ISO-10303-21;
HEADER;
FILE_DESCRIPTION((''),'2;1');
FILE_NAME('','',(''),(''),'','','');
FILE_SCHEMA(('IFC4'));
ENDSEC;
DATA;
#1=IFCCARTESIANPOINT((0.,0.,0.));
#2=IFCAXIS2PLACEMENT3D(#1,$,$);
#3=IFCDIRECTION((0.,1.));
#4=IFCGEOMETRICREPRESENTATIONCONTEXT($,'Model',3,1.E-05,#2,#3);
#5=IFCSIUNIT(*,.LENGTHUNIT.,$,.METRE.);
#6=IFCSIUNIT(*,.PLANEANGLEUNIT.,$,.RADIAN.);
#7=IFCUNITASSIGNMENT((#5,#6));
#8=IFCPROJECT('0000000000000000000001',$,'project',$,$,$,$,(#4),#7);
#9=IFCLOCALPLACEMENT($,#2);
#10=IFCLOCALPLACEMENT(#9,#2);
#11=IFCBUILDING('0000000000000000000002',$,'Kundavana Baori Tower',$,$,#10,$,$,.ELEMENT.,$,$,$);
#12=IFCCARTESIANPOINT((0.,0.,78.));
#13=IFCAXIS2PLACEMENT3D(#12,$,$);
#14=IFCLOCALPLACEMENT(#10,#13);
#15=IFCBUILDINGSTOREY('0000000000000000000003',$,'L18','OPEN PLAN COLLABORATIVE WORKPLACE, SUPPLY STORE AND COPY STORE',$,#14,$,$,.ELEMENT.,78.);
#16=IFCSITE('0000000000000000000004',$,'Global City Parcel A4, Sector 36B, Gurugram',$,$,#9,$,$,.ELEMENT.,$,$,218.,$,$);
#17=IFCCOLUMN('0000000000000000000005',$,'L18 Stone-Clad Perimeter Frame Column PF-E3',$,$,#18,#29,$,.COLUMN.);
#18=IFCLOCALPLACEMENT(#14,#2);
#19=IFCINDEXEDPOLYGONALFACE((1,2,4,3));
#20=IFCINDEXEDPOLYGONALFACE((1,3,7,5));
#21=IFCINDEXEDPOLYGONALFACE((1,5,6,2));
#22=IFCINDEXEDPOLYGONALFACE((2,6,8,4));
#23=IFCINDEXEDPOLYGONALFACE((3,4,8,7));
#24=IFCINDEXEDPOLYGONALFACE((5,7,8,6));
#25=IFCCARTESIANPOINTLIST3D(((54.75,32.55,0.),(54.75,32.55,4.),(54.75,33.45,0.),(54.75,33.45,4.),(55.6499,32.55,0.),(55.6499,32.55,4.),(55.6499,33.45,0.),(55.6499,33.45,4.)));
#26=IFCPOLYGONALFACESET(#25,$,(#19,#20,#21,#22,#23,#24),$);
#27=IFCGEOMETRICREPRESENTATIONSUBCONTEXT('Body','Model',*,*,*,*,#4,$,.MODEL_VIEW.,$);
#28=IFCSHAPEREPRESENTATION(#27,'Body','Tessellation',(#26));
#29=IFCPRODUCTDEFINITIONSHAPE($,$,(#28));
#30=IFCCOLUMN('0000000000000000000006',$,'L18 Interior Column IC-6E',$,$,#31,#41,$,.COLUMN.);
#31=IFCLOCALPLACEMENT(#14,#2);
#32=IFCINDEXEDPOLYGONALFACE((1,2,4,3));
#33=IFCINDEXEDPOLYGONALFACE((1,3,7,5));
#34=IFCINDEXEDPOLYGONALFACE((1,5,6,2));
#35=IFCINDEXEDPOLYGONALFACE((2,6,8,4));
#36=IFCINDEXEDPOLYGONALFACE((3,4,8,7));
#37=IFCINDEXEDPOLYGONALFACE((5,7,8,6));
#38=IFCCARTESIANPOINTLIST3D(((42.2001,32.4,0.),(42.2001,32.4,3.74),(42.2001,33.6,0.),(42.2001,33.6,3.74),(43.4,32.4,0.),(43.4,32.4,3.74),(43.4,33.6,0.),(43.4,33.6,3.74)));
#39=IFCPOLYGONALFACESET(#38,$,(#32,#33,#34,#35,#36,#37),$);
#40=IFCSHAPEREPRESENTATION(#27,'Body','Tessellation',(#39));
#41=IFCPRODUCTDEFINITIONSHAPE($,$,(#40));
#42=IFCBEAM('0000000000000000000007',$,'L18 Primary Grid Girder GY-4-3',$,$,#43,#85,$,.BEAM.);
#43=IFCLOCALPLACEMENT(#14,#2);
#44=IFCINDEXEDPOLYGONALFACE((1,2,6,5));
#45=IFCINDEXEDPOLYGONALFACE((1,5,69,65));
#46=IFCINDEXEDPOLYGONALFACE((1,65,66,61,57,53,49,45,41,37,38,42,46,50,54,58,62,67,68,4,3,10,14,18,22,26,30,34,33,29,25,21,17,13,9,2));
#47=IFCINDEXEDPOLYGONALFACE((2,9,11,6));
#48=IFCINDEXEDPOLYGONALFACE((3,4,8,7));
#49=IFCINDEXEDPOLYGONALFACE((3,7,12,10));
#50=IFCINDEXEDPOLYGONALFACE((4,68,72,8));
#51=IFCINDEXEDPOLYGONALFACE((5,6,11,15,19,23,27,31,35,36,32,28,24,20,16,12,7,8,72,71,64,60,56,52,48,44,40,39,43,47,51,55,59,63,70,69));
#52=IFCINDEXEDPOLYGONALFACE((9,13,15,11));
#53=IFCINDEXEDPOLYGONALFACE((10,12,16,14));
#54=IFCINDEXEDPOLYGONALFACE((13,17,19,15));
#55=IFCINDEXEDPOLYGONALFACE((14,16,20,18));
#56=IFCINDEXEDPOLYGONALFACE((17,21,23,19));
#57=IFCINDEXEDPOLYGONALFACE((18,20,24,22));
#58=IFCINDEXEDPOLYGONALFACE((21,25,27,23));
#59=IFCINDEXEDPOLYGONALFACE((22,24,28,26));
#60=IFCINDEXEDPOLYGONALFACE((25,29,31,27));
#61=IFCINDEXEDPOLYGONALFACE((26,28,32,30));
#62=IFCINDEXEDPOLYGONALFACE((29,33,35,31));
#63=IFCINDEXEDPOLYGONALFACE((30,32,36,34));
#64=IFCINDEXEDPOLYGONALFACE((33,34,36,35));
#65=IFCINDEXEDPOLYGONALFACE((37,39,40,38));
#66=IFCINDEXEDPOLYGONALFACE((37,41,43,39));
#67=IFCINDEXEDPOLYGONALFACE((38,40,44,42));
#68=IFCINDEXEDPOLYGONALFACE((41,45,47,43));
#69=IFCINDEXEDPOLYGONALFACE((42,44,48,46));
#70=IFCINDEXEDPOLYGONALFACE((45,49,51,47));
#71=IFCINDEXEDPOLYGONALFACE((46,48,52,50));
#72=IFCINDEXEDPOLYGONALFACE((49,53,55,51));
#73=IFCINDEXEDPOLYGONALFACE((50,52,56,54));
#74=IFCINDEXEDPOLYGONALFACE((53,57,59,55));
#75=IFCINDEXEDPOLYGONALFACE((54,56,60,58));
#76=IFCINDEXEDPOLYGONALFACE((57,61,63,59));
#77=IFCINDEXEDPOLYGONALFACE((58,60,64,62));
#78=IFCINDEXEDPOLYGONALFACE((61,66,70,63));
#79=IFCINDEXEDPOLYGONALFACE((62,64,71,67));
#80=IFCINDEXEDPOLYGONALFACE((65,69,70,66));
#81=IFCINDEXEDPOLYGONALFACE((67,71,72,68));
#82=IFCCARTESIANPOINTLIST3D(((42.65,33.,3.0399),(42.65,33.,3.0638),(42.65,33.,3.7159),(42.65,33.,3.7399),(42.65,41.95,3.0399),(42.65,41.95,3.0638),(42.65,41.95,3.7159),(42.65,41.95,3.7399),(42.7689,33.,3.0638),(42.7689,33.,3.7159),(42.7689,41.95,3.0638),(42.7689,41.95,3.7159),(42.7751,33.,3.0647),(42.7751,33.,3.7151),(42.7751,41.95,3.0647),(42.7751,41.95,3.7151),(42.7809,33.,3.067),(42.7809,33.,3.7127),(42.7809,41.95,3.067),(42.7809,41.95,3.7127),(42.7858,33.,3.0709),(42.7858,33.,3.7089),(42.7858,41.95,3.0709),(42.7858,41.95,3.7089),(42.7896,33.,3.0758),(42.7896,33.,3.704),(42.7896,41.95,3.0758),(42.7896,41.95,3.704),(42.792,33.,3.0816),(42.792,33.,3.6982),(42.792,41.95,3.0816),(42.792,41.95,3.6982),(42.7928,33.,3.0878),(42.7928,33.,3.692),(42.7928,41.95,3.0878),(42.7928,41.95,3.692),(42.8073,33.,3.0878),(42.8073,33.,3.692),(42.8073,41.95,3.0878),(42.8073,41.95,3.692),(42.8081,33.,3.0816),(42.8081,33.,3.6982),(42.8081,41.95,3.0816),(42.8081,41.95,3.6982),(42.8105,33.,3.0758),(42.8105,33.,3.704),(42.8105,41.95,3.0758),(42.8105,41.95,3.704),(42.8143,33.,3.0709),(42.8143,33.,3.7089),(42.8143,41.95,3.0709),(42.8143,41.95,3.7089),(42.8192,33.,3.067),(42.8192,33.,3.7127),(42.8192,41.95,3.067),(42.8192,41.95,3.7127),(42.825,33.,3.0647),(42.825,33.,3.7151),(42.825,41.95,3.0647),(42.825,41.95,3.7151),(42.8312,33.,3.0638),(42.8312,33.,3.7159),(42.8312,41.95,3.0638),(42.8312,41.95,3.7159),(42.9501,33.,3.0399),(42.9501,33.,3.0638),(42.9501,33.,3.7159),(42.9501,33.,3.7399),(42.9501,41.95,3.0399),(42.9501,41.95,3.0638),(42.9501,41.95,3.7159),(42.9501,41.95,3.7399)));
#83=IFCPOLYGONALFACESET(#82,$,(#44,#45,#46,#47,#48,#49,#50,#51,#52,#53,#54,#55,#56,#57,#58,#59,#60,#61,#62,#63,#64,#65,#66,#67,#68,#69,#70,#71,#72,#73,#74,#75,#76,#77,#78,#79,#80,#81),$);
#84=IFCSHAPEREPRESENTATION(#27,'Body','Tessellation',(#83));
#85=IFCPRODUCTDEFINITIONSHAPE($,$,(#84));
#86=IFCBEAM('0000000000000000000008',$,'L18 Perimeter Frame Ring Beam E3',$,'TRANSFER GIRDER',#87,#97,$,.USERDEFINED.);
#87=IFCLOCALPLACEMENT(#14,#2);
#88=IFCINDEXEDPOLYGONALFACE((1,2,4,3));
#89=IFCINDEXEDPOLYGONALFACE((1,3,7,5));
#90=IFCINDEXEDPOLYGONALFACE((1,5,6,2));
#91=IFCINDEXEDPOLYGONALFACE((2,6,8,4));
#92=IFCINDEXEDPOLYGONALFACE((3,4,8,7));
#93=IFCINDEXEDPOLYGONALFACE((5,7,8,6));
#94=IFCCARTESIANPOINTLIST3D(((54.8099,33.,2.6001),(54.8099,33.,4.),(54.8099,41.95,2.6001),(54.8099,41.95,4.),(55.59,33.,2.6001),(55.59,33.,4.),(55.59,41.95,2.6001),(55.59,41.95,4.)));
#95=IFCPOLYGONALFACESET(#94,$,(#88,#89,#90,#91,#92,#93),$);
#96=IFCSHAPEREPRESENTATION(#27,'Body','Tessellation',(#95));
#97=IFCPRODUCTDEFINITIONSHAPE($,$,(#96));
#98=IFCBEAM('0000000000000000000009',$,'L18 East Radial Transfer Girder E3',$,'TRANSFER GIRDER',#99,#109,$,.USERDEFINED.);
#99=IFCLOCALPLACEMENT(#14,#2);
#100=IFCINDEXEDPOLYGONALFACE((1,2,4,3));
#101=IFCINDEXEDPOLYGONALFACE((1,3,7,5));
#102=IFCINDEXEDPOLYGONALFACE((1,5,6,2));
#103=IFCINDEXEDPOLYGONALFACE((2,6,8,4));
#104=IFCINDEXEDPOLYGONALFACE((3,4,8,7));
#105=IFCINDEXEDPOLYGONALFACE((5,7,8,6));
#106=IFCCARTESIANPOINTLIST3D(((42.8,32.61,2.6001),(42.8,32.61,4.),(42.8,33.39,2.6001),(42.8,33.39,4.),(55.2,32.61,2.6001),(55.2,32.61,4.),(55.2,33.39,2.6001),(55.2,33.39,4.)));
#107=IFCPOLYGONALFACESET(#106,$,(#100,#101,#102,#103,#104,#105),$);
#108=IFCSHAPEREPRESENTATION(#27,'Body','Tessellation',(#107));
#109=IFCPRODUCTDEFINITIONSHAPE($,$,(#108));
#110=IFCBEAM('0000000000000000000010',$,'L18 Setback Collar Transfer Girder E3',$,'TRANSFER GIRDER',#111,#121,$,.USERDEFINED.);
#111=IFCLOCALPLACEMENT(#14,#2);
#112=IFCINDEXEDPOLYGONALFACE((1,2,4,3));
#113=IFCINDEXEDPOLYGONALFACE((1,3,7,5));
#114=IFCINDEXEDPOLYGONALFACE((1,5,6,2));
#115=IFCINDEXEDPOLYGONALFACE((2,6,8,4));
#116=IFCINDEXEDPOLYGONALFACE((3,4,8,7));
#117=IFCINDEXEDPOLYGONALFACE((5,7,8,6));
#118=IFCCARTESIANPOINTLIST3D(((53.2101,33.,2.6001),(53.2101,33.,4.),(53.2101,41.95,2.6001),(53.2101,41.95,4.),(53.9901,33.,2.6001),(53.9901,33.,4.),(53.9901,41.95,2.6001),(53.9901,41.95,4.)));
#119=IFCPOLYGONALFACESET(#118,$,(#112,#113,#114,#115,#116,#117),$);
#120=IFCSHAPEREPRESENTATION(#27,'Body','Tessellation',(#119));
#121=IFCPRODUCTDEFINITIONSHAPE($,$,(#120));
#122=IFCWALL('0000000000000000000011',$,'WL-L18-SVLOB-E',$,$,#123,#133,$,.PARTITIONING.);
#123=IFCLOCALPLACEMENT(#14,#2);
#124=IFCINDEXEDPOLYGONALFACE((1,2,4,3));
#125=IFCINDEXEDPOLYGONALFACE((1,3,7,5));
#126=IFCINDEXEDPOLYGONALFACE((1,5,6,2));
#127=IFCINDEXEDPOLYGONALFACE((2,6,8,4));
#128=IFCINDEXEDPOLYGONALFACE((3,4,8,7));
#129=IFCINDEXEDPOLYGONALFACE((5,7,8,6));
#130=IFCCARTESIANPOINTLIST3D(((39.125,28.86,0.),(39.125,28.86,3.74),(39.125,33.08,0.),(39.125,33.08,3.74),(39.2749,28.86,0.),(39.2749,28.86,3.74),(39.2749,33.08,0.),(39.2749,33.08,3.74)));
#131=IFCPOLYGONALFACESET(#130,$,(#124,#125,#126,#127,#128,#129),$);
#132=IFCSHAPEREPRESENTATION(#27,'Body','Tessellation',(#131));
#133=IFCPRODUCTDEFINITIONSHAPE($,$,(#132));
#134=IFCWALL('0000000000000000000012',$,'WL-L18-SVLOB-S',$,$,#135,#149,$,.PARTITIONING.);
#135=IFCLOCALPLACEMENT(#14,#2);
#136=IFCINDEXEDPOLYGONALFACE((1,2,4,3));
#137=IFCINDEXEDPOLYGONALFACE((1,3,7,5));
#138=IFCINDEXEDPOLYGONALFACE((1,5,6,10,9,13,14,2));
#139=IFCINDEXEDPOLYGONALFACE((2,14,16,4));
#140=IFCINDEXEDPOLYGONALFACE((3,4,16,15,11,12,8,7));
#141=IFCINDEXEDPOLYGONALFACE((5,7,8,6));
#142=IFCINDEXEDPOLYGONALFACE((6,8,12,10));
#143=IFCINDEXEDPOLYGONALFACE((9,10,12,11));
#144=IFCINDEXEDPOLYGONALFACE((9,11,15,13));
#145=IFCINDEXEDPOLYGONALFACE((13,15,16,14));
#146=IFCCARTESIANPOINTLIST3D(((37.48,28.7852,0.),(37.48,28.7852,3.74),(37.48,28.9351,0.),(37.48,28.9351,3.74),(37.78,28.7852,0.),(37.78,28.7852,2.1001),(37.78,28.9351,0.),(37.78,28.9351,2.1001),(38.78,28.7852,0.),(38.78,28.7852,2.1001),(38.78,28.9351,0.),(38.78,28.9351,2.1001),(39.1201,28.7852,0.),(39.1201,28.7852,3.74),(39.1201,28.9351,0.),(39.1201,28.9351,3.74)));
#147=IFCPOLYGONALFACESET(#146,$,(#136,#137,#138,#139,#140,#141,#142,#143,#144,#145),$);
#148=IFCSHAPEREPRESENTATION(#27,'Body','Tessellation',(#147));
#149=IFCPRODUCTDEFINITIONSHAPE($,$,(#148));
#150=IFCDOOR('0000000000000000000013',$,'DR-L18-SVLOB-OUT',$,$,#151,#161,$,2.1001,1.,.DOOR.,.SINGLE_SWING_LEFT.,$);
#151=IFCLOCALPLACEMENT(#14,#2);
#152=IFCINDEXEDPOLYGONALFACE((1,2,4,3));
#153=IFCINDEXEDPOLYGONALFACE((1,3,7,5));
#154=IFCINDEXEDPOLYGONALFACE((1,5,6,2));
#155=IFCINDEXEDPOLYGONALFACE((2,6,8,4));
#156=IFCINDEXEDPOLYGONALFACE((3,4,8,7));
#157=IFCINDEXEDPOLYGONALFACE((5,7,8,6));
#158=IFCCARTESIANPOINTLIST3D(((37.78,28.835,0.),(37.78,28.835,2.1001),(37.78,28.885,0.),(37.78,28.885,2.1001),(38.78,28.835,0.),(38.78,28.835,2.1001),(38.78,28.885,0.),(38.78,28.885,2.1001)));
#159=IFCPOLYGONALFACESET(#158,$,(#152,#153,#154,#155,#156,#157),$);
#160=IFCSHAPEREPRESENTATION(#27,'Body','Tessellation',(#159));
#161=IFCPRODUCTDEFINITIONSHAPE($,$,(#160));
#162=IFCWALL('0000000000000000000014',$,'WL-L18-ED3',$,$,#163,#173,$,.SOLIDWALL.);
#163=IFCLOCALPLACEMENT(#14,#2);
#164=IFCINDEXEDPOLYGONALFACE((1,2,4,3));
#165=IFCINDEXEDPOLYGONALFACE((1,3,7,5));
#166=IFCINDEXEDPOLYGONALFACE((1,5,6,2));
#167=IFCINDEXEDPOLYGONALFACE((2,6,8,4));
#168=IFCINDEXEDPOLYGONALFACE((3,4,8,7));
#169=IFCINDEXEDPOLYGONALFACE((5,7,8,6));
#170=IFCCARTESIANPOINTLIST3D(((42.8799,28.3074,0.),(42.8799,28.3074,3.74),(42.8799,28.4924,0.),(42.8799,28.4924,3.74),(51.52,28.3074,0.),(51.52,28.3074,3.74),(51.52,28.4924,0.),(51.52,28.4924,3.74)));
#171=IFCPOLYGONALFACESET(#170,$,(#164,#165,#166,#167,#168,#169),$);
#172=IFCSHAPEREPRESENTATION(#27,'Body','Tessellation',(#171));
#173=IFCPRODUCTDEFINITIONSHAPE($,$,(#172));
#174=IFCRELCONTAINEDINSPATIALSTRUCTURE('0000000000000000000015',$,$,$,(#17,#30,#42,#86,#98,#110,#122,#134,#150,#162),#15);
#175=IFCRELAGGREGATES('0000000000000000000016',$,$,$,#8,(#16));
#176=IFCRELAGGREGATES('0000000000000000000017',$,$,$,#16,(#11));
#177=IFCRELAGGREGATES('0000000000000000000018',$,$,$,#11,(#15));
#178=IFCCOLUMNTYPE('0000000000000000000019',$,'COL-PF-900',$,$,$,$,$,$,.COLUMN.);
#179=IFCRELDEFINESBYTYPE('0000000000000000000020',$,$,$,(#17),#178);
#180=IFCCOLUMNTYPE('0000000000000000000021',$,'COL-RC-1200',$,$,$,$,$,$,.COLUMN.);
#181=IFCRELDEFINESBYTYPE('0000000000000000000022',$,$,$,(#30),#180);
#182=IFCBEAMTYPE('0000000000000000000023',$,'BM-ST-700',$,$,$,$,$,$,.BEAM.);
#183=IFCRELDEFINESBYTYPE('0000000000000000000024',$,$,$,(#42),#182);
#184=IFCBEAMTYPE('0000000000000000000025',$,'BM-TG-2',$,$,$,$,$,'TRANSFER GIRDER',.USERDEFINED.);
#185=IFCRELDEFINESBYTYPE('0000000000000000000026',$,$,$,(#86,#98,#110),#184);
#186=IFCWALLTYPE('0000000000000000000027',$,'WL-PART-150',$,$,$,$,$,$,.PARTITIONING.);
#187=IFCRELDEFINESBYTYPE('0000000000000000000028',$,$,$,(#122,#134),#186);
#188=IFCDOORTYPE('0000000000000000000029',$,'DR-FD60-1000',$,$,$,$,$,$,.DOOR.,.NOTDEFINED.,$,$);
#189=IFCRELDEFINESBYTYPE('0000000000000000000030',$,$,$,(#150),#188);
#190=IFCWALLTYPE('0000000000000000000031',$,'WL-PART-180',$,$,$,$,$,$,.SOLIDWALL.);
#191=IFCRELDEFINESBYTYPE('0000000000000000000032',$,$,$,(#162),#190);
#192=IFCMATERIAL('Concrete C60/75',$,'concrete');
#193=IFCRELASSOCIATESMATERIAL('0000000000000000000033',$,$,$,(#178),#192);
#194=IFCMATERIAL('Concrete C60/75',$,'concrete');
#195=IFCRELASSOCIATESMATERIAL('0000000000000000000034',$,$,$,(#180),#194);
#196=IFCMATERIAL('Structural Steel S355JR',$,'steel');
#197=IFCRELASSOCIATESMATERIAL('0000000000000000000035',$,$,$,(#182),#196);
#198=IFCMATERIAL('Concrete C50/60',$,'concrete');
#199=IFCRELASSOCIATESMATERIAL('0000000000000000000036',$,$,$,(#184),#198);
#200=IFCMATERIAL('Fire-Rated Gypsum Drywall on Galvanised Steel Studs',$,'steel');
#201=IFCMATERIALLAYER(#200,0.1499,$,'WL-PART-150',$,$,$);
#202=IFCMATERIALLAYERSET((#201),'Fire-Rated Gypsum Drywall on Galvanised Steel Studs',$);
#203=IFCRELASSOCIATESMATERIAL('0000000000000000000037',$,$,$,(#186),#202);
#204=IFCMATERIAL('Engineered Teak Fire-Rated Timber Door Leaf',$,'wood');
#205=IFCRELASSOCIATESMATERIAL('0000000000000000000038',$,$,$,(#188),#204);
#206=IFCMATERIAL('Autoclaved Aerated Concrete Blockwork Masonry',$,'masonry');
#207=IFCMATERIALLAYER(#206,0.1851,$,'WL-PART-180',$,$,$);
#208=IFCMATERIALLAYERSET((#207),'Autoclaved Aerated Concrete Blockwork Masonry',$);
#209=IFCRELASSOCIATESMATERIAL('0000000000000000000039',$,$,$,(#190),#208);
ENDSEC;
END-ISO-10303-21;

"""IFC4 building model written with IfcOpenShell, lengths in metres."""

from ifc_helpers import new_model, si_unit, direction, frame, frame_2d, origin, origin_2d, place, context, subcontext, project, spatial, rectangle, i_section, extrude, material, layer, layer_set, material_profile, profile_set, type_object, element, fill, save


model = new_model("IFC4")

# Units and contexts
model_context = context("Model", 3, precision=1e-05, world=origin(), true_north=direction((0.0, 1.0)))
body_context = subcontext(model_context, "Body", "Model", "MODEL_VIEW")
ifc_project = project(units=[si_unit("LENGTHUNIT", "METRE"), si_unit("PLANEANGLEUNIT", "RADIAN")], contexts=[model_context])

# Site, building, storey
site_placement = place(None, origin())
site = spatial("IfcSite", under=ifc_project, at=site_placement, Name="Global City Parcel A4, Sector 36B, Gurugram", CompositionType="ELEMENT", RefElevation=218.0)
building_placement = place(site_placement, origin())
building = spatial("IfcBuilding", under=site, at=building_placement, Name="Kundavana Baori Tower", CompositionType="ELEMENT")
storey_placement = place(building_placement, frame((0.0, 0.0, 78.0)))
storey = spatial("IfcBuildingStorey", under=building, at=storey_placement, Name="L18", Description="OPEN PLAN COLLABORATIVE WORKPLACE, SUPPLY STORE AND COPY STORE", CompositionType="ELEMENT", Elevation=78.0)

# Columns
ifc_material_1 = material(Name="Concrete C60/75", Category="concrete")
ifc_material_profile_1 = material_profile(ifc_material_1, rectangle(XDim=0.8999, YDim=0.8999, at=origin_2d()), Name="RC PF 900x900")
ifc_profile_set_1 = profile_set([ifc_material_profile_1], Name="Concrete C60/75")
column_type_1 = type_object("IfcColumnType", Name="COL-PF-900", PredefinedType="COLUMN", material=ifc_profile_set_1)
column_1_placement = place(storey_placement, frame((55.2, 33.0, 0.0), z_axis=(0.0, 0.0, 1.0), x_axis=(1.0, 0.0, 0.0)))
element("IfcColumn", 1, at=column_1_placement, inside=storey, type_object=column_type_1, Name="L18 Stone-Clad Perimeter Frame Column PF-E3", PredefinedType="COLUMN", context=body_context, shape_type="SweptSolid", body=[
    extrude(rectangle(XDim=0.8999, YDim=0.8999, at=origin_2d()), origin(), (0.0, 0.0, 1.0), 4.0),
])
ifc_material_2 = material(Name="Concrete C60/75", Category="concrete")
ifc_material_profile_2 = material_profile(ifc_material_2, rectangle(XDim=1.2, YDim=1.2, at=origin_2d()), Name="RC 1200x1200")
ifc_profile_set_2 = profile_set([ifc_material_profile_2], Name="Concrete C60/75")
column_type_2 = type_object("IfcColumnType", Name="COL-RC-1200", PredefinedType="COLUMN", material=ifc_profile_set_2)
column_2_placement = place(storey_placement, frame((42.8, 33.0, 0.0), z_axis=(0.0, 0.0, 1.0), x_axis=(1.0, 0.0, 0.0)))
element("IfcColumn", 2, at=column_2_placement, inside=storey, type_object=column_type_2, Name="L18 Interior Column IC-6E", PredefinedType="COLUMN", context=body_context, shape_type="SweptSolid", body=[
    extrude(rectangle(XDim=1.2, YDim=1.2, at=origin_2d()), origin(), (0.0, 0.0, 1.0), 3.74),
])

# Beams
ifc_material_3 = material(Name="Structural Steel S355JR", Category="steel")
ifc_material_profile_3 = material_profile(ifc_material_3, i_section(OverallWidth=0.3, OverallDepth=0.7, WebThickness=0.0144, FlangeThickness=0.0239, FilletRadius=0.0239, at=origin_2d()), Name="NPB 700x300x170")
ifc_profile_set_3 = profile_set([ifc_material_profile_3], Name="Structural Steel S355JR")
beam_type_1 = type_object("IfcBeamType", Name="BM-ST-700", PredefinedType="BEAM", material=ifc_profile_set_3)
beam_1_placement = place(storey_placement, frame((42.8, 33.0, 3.3899), z_axis=(0.0, 1.0, 0.0), x_axis=(-1.0, 0.0, 0.0)))
element("IfcBeam", 3, at=beam_1_placement, inside=storey, type_object=beam_type_1, Name="L18 Primary Grid Girder GY-4-3", PredefinedType="BEAM", context=body_context, shape_type="SweptSolid", body=[
    extrude(i_section(OverallWidth=0.3, OverallDepth=0.7, WebThickness=0.0144, FlangeThickness=0.0239, FilletRadius=0.0239, at=origin_2d()), origin(), (0.0, 0.0, 1.0), 8.95),
])
ifc_material_4 = material(Name="Concrete C50/60", Category="concrete")
ifc_material_profile_4 = material_profile(ifc_material_4, rectangle(XDim=0.78, YDim=1.3999, at=origin_2d()), Name="BM-TG-2")
ifc_profile_set_4 = profile_set([ifc_material_profile_4], Name="Concrete C50/60")
beam_type_2 = type_object("IfcBeamType", Name="BM-TG-2", ElementType="TRANSFER GIRDER", PredefinedType="USERDEFINED", material=ifc_profile_set_4)
beam_2_placement = place(storey_placement, frame((55.2, 33.0, 3.3), z_axis=(0.0, 1.0, 0.0), x_axis=(-1.0, 0.0, 0.0)))
element("IfcBeam", 4, at=beam_2_placement, inside=storey, type_object=beam_type_2, Name="L18 Perimeter Frame Ring Beam E3", ObjectType="TRANSFER GIRDER", PredefinedType="USERDEFINED", context=body_context, shape_type="SweptSolid", body=[
    extrude(rectangle(XDim=0.78, YDim=1.3999, at=origin_2d()), origin(), (0.0, 0.0, 1.0), 8.95),
])
beam_3_placement = place(storey_placement, frame((42.8, 33.0, 3.3), z_axis=(1.0, 0.0, 0.0), x_axis=(0.0, 1.0, 0.0)))
element("IfcBeam", 5, at=beam_3_placement, inside=storey, type_object=beam_type_2, Name="L18 East Radial Transfer Girder E3", ObjectType="TRANSFER GIRDER", PredefinedType="USERDEFINED", context=body_context, shape_type="SweptSolid", body=[
    extrude(rectangle(XDim=0.78, YDim=1.3999, at=origin_2d()), origin(), (0.0, 0.0, 1.0), 12.3999),
])
beam_4_placement = place(storey_placement, frame((53.6001, 33.0, 3.3), z_axis=(0.0, 1.0, 0.0), x_axis=(-1.0, 0.0, 0.0)))
element("IfcBeam", 6, at=beam_4_placement, inside=storey, type_object=beam_type_2, Name="L18 Setback Collar Transfer Girder E3", ObjectType="TRANSFER GIRDER", PredefinedType="USERDEFINED", context=body_context, shape_type="SweptSolid", body=[
    extrude(rectangle(XDim=0.78, YDim=1.3999, at=origin_2d()), origin(), (0.0, 0.0, 1.0), 8.95),
])

# Wall
ifc_material_5 = material(Name="Fire-Rated Gypsum Drywall on Galvanised Steel Studs", Category="steel")
ifc_layer_1 = layer(ifc_material_5, 0.1499, Name="WL-PART-150")
ifc_layer_set_1 = layer_set([ifc_layer_1], Name="Fire-Rated Gypsum Drywall on Galvanised Steel Studs")
wall_type_1 = type_object("IfcWallType", Name="WL-PART-150", PredefinedType="PARTITIONING", material=ifc_layer_set_1)
wall_1_placement = place(storey_placement, frame((39.2, 28.8601, 0.0), z_axis=(0.0, 0.0, 1.0), x_axis=(0.0, 1.0, 0.0)))
element("IfcWall", 7, at=wall_1_placement, inside=storey, type_object=wall_type_1, Name="WL-L18-SVLOB-E", PredefinedType="PARTITIONING", context=body_context, shape_type="SweptSolid", body=[
    extrude(rectangle(XDim=4.22, YDim=0.1499, at=frame_2d((2.1099, 0.0))), origin(), (0.0, 0.0, 1.0), 3.74),
])

# Wall, opening, door
wall_2_placement = place(storey_placement, frame((37.48, 28.8601, 0.0), z_axis=(0.0, 0.0, 1.0), x_axis=(1.0, 0.0, 0.0)))
wall_2 = element("IfcWall", 8, at=wall_2_placement, inside=storey, type_object=wall_type_1, Name="WL-L18-SVLOB-S", PredefinedType="PARTITIONING", context=body_context, shape_type="SweptSolid", body=[
    extrude(rectangle(XDim=1.6401, YDim=0.1499, at=frame_2d((0.8201, 0.0))), origin(), (0.0, 0.0, 1.0), 3.74),
])
opening_1_placement = place(wall_2_placement, frame((0.3, 0.0, 0.0)))
opening_1 = element("IfcOpeningElement", 9, at=opening_1_placement, cuts=wall_2, PredefinedType="OPENING", context=body_context, shape_type="SweptSolid", body=[
    extrude(rectangle(XDim=1.0, YDim=2.1001, at=frame_2d((0.5, 1.05))), frame((0.0, 0.085, 0.0), z_axis=(0.0, -1.0, 0.0), x_axis=(1.0, 0.0, 0.0)), (0.0, 0.0, 1.0), 0.1699),
])
ifc_material_6 = material(Name="Engineered Teak Fire-Rated Timber Door Leaf", Category="wood")
door_type_1 = type_object("IfcDoorType", Name="DR-FD60-1000", OperationType="NOTDEFINED", PredefinedType="DOOR", material=ifc_material_6)
door_1_placement = place(opening_1_placement, origin())
door_1 = element("IfcDoor", 10, at=door_1_placement, inside=storey, type_object=door_type_1, Name="DR-L18-SVLOB-OUT", OperationType="SINGLE_SWING_LEFT", OverallHeight=2.1001, OverallWidth=1.0, PredefinedType="DOOR", context=body_context, shape_type="SweptSolid", body=[
    extrude(rectangle(XDim=1.0, YDim=2.1001, at=frame_2d((0.5, 1.05))), frame((0.0, 0.0249, 0.0), z_axis=(0.0, -1.0, 0.0), x_axis=(1.0, 0.0, 0.0)), (0.0, 0.0, 1.0), 0.05),
])
fill(opening_1, door_1)

# Wall
ifc_material_7 = material(Name="Autoclaved Aerated Concrete Blockwork Masonry", Category="masonry")
ifc_layer_2 = layer(ifc_material_7, 0.1851, Name="WL-PART-180")
ifc_layer_set_2 = layer_set([ifc_layer_2], Name="Autoclaved Aerated Concrete Blockwork Masonry")
wall_type_2 = type_object("IfcWallType", Name="WL-PART-180", PredefinedType="SOLIDWALL", material=ifc_layer_set_2)
wall_3_placement = place(storey_placement, frame((42.8799, 28.3999, 0.0), z_axis=(0.0, 0.0, 1.0), x_axis=(1.0, 0.0, 0.0)))
element("IfcWall", 11, at=wall_3_placement, inside=storey, type_object=wall_type_2, Name="WL-L18-ED3", PredefinedType="SOLIDWALL", context=body_context, shape_type="SweptSolid", body=[
    extrude(rectangle(XDim=8.6401, YDim=0.1851, at=frame_2d((4.3201, 0.0))), origin(), (0.0, 0.0, 1.0), 3.74),
])

save(model, "model.ifc")
